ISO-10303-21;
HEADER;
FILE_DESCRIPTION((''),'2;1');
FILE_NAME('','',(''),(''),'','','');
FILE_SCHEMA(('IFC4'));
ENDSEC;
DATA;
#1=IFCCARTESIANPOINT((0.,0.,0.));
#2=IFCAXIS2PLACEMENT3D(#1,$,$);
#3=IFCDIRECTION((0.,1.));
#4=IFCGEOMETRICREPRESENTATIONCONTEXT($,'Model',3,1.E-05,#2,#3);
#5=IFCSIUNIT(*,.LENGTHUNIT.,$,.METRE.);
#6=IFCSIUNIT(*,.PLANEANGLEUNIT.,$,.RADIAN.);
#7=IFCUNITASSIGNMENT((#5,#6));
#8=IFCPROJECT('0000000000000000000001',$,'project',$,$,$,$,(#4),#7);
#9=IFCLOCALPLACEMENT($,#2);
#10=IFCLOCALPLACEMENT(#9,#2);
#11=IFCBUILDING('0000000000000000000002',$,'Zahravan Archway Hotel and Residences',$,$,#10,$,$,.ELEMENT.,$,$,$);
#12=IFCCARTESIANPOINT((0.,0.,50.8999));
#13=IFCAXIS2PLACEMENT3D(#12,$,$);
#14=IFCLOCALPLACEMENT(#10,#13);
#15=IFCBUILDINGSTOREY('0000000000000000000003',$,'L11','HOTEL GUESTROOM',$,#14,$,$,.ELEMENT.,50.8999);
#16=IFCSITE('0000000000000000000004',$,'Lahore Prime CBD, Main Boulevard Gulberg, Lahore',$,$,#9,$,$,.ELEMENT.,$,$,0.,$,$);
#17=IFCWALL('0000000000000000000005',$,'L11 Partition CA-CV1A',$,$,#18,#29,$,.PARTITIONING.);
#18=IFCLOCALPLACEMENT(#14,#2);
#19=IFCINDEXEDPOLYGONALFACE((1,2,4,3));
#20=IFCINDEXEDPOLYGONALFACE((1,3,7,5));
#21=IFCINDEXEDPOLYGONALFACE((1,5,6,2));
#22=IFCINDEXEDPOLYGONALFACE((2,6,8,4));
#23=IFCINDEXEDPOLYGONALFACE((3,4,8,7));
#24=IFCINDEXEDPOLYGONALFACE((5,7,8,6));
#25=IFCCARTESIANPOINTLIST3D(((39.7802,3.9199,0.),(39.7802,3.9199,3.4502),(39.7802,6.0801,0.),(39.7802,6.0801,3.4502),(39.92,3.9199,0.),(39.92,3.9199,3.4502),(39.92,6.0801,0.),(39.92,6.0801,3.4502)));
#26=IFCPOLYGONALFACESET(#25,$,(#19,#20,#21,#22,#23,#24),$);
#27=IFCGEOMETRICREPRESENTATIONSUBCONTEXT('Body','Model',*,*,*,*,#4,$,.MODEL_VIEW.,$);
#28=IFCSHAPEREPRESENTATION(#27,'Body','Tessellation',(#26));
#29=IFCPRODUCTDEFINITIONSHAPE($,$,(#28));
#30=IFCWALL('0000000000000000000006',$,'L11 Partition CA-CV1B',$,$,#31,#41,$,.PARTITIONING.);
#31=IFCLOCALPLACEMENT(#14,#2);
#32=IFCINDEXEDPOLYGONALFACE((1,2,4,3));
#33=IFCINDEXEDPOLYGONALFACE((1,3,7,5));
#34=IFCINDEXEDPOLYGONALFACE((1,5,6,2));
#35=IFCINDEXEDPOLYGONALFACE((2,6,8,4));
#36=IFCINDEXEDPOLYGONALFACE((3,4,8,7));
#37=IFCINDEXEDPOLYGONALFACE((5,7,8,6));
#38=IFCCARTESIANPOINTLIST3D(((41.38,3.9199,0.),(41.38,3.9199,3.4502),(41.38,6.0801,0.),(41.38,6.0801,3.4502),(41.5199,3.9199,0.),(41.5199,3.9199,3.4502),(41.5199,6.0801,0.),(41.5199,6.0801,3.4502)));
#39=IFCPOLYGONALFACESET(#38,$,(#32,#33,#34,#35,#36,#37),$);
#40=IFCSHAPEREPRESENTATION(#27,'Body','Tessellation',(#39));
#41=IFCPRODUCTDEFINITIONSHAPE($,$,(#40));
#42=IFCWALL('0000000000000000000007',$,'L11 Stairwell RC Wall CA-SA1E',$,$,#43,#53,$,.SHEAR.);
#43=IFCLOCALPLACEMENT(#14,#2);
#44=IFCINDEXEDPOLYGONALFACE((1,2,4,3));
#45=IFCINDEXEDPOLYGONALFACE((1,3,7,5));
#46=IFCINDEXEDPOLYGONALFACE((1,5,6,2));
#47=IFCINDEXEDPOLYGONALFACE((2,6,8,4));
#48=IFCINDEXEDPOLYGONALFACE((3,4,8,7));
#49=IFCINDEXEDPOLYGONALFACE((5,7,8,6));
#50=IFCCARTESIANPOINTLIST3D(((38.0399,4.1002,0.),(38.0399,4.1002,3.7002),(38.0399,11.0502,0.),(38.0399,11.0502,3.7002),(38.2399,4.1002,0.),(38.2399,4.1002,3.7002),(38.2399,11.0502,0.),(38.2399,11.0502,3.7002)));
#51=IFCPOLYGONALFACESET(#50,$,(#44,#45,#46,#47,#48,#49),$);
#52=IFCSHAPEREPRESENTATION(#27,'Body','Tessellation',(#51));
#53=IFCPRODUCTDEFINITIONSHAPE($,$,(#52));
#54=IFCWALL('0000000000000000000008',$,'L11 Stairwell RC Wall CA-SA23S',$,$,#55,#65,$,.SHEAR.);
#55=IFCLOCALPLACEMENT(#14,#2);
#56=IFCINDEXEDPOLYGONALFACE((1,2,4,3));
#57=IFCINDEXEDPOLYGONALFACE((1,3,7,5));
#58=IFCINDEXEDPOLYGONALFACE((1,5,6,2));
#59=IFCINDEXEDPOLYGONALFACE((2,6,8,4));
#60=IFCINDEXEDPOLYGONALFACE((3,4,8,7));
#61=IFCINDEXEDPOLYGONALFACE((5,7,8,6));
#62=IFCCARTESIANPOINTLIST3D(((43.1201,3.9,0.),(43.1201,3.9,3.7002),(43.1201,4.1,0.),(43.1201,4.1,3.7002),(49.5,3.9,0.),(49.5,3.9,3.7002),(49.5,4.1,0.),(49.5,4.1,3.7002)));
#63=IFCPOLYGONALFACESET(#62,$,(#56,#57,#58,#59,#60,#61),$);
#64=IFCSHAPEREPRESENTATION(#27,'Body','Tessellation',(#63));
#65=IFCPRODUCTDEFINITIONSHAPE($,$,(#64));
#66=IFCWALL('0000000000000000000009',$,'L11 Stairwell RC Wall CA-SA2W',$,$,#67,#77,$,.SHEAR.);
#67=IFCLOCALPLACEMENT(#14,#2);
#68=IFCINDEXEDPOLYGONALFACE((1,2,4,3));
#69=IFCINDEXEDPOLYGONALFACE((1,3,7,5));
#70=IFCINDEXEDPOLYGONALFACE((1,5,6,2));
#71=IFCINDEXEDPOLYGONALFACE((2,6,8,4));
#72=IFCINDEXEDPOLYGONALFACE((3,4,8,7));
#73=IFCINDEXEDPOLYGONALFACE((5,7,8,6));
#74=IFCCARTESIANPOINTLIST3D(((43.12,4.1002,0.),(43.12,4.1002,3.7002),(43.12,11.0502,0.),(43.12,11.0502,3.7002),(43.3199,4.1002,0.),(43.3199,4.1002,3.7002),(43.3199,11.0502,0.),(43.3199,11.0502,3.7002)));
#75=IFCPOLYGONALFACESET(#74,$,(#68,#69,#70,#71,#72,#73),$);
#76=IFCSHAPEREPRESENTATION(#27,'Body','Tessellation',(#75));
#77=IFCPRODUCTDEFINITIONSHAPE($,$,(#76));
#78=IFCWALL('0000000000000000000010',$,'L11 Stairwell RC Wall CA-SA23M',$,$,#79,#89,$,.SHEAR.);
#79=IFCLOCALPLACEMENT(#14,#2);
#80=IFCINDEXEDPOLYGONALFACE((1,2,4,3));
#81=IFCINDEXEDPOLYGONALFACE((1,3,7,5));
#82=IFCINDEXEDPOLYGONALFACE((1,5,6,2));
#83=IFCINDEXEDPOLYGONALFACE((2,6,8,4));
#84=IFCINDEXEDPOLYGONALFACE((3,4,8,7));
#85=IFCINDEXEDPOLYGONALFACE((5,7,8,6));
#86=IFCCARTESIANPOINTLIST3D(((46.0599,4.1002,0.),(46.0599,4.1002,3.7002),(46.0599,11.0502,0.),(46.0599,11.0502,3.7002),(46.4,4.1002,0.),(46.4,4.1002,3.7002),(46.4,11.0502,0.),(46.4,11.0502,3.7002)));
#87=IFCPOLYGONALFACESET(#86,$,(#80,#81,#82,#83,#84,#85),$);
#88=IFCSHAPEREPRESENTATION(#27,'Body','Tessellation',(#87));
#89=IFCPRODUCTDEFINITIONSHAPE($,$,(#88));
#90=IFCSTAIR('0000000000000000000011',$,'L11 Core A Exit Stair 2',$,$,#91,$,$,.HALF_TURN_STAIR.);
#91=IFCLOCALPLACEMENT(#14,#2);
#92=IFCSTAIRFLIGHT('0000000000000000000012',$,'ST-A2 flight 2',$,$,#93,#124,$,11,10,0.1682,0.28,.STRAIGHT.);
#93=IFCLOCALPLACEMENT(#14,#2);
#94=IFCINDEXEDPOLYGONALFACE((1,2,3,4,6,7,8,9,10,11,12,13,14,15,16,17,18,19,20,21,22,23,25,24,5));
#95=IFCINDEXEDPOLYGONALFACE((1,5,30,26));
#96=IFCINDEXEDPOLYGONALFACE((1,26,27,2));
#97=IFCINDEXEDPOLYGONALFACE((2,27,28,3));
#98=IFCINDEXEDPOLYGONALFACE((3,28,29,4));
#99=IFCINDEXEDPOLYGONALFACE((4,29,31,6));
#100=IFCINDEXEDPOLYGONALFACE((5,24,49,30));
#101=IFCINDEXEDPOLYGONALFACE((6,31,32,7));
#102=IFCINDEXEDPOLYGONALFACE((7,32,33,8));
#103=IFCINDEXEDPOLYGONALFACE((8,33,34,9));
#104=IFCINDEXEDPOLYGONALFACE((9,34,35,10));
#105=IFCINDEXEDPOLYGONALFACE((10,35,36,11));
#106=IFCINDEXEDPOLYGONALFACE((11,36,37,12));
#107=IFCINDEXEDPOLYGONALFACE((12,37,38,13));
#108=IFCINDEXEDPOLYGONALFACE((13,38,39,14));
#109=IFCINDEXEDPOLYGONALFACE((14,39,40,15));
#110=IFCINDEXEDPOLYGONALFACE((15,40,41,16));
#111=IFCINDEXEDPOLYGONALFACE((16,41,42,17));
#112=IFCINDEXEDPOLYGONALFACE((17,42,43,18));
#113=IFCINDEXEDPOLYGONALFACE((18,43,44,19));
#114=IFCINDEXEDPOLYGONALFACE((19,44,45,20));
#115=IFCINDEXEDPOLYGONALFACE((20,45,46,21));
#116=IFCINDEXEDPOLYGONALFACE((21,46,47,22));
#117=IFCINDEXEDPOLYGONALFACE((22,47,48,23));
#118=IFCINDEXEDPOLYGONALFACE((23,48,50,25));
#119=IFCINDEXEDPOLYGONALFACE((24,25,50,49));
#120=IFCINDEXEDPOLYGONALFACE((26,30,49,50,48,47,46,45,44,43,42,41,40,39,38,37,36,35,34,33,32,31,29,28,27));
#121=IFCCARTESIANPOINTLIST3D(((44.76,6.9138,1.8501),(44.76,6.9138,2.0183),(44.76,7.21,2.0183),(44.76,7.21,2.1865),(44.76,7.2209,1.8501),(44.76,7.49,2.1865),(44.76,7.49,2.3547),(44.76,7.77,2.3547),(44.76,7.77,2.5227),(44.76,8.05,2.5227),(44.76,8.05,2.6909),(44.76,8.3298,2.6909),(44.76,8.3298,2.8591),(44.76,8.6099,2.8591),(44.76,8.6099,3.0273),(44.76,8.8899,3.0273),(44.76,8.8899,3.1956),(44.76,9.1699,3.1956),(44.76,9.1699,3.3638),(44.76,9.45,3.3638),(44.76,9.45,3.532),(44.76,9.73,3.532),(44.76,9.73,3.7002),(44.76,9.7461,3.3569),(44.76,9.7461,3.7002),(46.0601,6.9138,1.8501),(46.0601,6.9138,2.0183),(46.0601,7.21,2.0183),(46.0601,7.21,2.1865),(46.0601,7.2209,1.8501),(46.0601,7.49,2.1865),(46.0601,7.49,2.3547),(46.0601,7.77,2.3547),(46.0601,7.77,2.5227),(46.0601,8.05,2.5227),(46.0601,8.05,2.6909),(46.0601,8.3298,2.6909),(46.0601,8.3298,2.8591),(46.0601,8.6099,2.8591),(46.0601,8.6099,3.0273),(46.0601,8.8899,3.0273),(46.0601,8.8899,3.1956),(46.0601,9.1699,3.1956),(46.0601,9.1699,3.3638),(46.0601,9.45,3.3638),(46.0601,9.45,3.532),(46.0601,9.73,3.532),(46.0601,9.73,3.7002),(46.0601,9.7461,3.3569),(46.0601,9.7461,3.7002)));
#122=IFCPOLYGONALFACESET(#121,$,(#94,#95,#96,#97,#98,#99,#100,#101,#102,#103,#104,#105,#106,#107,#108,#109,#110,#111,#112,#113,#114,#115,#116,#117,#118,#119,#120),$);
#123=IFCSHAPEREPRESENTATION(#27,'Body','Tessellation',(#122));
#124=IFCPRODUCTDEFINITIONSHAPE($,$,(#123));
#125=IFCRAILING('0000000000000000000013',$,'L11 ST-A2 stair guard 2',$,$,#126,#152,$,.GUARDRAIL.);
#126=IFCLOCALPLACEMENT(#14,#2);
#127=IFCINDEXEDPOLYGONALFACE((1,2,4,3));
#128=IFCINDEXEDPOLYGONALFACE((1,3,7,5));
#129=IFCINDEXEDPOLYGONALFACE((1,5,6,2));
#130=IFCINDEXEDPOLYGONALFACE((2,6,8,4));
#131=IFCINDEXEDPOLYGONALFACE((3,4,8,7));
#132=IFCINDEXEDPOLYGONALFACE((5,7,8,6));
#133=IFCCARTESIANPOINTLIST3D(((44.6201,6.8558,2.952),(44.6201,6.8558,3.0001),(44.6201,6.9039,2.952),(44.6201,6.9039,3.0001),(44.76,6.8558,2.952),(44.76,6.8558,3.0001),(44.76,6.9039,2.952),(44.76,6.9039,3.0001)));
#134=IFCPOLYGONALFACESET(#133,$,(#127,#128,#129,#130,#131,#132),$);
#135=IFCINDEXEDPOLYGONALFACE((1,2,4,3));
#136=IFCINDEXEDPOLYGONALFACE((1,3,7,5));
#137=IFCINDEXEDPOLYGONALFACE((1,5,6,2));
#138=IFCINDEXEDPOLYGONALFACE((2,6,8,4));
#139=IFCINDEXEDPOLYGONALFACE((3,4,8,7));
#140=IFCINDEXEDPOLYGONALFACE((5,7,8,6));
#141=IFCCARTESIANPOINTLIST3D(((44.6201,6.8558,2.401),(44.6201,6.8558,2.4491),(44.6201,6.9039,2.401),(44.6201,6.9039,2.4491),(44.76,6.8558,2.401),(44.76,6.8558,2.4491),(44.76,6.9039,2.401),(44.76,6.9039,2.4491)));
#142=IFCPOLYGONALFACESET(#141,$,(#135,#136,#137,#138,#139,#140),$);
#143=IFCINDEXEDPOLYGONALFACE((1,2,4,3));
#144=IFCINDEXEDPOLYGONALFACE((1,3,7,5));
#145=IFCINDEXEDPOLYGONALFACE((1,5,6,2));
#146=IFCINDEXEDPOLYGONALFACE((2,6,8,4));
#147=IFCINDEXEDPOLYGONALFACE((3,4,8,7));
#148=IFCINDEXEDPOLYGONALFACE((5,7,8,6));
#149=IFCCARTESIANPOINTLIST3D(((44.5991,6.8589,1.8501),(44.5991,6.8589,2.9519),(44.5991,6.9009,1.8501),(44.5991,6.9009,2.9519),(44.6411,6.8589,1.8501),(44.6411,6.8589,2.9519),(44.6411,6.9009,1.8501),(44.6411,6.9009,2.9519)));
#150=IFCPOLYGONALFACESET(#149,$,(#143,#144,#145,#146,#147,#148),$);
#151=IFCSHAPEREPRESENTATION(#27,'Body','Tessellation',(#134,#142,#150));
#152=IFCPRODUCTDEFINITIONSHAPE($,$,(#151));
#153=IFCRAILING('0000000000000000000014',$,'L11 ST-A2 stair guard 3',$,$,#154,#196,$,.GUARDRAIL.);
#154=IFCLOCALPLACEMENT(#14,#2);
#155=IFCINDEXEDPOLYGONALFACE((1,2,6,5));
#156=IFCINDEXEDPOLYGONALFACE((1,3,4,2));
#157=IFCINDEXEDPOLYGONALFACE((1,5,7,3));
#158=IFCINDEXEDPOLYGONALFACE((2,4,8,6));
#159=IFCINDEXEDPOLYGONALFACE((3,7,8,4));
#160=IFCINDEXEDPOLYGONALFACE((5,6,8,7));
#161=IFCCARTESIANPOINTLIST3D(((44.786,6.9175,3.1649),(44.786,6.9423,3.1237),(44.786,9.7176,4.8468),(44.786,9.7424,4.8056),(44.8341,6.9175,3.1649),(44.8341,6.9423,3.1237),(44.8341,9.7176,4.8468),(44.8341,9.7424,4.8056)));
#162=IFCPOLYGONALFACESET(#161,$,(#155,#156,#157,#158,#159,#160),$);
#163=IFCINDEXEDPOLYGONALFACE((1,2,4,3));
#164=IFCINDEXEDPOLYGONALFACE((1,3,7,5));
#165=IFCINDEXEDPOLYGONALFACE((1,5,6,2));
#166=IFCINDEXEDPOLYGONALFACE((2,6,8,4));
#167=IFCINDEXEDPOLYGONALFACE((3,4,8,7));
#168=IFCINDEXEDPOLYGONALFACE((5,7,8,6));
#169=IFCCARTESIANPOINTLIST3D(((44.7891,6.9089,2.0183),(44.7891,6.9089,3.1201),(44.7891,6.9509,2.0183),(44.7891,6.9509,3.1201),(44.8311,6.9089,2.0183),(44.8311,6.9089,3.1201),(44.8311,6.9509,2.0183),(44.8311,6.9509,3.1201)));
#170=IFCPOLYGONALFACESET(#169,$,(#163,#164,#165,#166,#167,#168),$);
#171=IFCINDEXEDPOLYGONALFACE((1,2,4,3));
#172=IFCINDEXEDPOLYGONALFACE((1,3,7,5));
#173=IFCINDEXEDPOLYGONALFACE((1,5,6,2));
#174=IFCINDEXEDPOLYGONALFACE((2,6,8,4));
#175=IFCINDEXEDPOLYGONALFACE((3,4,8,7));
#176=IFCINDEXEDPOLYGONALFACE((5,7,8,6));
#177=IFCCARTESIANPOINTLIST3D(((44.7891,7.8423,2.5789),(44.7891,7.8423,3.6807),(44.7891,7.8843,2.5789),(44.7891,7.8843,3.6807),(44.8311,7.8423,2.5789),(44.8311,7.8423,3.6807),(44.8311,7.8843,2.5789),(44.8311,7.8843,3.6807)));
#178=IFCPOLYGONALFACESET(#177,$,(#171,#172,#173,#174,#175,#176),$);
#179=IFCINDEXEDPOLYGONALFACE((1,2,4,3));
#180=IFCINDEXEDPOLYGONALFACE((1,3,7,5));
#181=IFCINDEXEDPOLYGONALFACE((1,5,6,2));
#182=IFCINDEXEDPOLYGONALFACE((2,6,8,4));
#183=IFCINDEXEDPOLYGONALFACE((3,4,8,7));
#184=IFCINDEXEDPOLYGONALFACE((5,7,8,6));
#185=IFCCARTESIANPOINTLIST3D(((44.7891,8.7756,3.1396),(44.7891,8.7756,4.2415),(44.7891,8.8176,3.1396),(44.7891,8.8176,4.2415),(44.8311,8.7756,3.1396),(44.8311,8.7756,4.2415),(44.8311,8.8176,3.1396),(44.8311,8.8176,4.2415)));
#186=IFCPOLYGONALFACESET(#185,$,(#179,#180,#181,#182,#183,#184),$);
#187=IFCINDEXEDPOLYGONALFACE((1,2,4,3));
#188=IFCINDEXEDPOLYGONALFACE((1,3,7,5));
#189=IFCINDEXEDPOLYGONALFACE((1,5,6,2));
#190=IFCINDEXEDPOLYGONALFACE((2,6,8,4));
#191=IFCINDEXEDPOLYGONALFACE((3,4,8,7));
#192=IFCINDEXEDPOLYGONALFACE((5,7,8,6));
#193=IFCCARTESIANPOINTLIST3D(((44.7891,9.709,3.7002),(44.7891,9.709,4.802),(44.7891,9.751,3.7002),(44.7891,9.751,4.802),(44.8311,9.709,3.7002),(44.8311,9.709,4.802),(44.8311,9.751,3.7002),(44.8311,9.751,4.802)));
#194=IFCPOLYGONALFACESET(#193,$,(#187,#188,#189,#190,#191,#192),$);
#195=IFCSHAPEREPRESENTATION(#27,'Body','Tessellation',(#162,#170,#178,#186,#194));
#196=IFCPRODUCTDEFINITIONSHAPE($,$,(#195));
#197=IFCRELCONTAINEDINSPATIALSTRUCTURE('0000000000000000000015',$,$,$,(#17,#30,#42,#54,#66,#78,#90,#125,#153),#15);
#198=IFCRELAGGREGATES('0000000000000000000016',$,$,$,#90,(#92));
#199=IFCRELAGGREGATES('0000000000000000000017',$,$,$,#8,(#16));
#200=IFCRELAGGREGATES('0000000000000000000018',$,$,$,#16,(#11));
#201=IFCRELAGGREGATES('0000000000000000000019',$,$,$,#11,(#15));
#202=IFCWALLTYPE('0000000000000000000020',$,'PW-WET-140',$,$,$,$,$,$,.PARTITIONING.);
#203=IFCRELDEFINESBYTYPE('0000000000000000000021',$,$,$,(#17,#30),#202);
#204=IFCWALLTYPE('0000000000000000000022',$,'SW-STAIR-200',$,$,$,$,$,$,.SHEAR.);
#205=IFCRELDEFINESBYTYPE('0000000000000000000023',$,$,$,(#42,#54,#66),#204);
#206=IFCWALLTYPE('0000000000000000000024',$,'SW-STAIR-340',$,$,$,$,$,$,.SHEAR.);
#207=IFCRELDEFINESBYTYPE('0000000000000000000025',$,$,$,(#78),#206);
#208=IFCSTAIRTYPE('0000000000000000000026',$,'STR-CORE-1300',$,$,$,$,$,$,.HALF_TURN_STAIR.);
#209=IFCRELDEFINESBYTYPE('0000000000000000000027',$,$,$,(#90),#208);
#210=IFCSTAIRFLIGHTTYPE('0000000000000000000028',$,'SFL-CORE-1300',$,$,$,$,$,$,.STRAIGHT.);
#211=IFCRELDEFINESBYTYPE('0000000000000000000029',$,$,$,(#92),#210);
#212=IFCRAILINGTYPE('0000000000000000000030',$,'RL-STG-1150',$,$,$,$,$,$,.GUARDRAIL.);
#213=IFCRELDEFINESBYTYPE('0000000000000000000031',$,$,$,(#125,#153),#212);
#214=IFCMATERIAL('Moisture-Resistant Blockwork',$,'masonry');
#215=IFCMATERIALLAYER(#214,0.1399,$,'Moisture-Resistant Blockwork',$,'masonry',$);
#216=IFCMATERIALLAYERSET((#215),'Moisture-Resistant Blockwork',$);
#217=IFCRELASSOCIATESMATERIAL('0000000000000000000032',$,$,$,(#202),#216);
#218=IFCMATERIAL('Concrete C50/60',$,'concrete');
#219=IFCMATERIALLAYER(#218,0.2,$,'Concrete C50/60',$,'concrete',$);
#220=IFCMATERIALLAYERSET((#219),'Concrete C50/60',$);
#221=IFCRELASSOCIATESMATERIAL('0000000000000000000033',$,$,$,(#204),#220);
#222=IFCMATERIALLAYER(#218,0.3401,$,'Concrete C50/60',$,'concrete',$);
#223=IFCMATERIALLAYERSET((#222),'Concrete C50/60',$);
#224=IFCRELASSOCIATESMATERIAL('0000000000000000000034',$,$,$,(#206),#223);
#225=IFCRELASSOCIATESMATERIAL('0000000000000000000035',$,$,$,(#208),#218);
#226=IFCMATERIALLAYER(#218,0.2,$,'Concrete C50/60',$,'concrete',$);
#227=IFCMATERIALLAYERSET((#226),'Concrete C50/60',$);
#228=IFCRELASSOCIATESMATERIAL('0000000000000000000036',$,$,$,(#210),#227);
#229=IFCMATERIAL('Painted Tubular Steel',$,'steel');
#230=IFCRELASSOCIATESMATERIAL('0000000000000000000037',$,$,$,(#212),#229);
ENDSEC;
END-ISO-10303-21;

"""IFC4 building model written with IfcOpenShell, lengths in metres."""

from ifc_helpers import new_model, si_unit, direction, frame, frame_2d, origin, origin_2d, place, context, subcontext, project, spatial, polyline, rectangle, outline, extrude, source, transform, mapped, material, layer, layer_set, type_object, element, aggregate, save


model = new_model("IFC4")

# Units and contexts
model_context = context("Model", 3, precision=1e-05, world=origin(), true_north=direction((0.0, 1.0)))
body_context = subcontext(model_context, "Body", "Model", "MODEL_VIEW")
ifc_project = project(units=[si_unit("LENGTHUNIT", "METRE"), si_unit("PLANEANGLEUNIT", "RADIAN")], contexts=[model_context])

# Site, building, storey
site_placement = place(None, origin())
site = spatial("IfcSite", under=ifc_project, at=site_placement, Name="Lahore Prime CBD, Main Boulevard Gulberg, Lahore", CompositionType="ELEMENT", RefElevation=0.0)
building_placement = place(site_placement, origin())
building = spatial("IfcBuilding", under=site, at=building_placement, Name="Zahravan Archway Hotel and Residences", CompositionType="ELEMENT")
storey_placement = place(building_placement, frame((0.0, 0.0, 50.8999)))
storey = spatial("IfcBuildingStorey", under=building, at=storey_placement, Name="L11", Description="HOTEL GUESTROOM", CompositionType="ELEMENT", Elevation=50.8999)

# Walls
ifc_material_1 = material(Name="Moisture-Resistant Blockwork", Category="masonry")
ifc_layer_1 = layer(ifc_material_1, 0.1399, Name="Moisture-Resistant Blockwork", Category="masonry")
ifc_layer_set_1 = layer_set([ifc_layer_1], Name="Moisture-Resistant Blockwork")
wall_type_1 = type_object("IfcWallType", Name="PW-WET-140", PredefinedType="PARTITIONING", material=ifc_layer_set_1)
for number, where, z_axis, x_axis, name in (
    (1, (39.8501, 3.9199, 0.0), (0.0, 0.0, 1.0), (0.0, 1.0, 0.0), "L11 Partition CA-CV1A"),
    (2, (41.45, 3.9199, 0.0), (0.0, 0.0, 1.0), (0.0, 1.0, 0.0), "L11 Partition CA-CV1B"),
):
    element("IfcWall", number, at=place(storey_placement, frame(where, z_axis=z_axis, x_axis=x_axis)), inside=storey, type_object=wall_type_1, Name=name, PredefinedType="PARTITIONING", context=body_context, shape_type="SweptSolid", body=[
        extrude(rectangle(XDim=2.1602, YDim=0.1399, at=frame_2d((1.0801, 0.0))), origin(), (0.0, 0.0, 1.0), 3.4502),
    ])
ifc_material_2 = material(Name="Concrete C50/60", Category="concrete")
ifc_layer_2 = layer(ifc_material_2, 0.2, Name="Concrete C50/60", Category="concrete")
ifc_layer_set_2 = layer_set([ifc_layer_2], Name="Concrete C50/60")
wall_type_2 = type_object("IfcWallType", Name="SW-STAIR-200", PredefinedType="SHEAR", material=ifc_layer_set_2)
wall_1_placement = place(storey_placement, frame((38.1399, 4.1001, 0.0), z_axis=(0.0, 0.0, 1.0), x_axis=(0.0, 1.0, 0.0)))
element("IfcWall", 3, at=wall_1_placement, inside=storey, type_object=wall_type_2, Name="L11 Stairwell RC Wall CA-SA1E", PredefinedType="SHEAR", context=body_context, shape_type="SweptSolid", body=[
    extrude(rectangle(XDim=6.95, YDim=0.2, at=frame_2d((3.4751, 0.0))), origin(), (0.0, 0.0, 1.0), 3.7002),
])
wall_2_placement = place(storey_placement, frame((43.1201, 4.0, 0.0), z_axis=(0.0, 0.0, 1.0), x_axis=(1.0, 0.0, 0.0)))
element("IfcWall", 4, at=wall_2_placement, inside=storey, type_object=wall_type_2, Name="L11 Stairwell RC Wall CA-SA23S", PredefinedType="SHEAR", context=body_context, shape_type="SweptSolid", body=[
    extrude(rectangle(XDim=6.3799, YDim=0.2, at=frame_2d((3.1899, 0.0))), origin(), (0.0, 0.0, 1.0), 3.7002),
])
wall_3_placement = place(storey_placement, frame((43.22, 4.1001, 0.0), z_axis=(0.0, 0.0, 1.0), x_axis=(0.0, 1.0, 0.0)))
element("IfcWall", 5, at=wall_3_placement, inside=storey, type_object=wall_type_2, Name="L11 Stairwell RC Wall CA-SA2W", PredefinedType="SHEAR", context=body_context, shape_type="SweptSolid", body=[
    extrude(rectangle(XDim=6.95, YDim=0.2, at=frame_2d((3.4751, 0.0))), origin(), (0.0, 0.0, 1.0), 3.7002),
])
ifc_layer_3 = layer(ifc_material_2, 0.3401, Name="Concrete C50/60", Category="concrete")
ifc_layer_set_3 = layer_set([ifc_layer_3], Name="Concrete C50/60")
wall_type_3 = type_object("IfcWallType", Name="SW-STAIR-340", PredefinedType="SHEAR", material=ifc_layer_set_3)
wall_4_placement = place(storey_placement, frame((46.23, 4.1001, 0.0), z_axis=(0.0, 0.0, 1.0), x_axis=(0.0, 1.0, 0.0)))
element("IfcWall", 6, at=wall_4_placement, inside=storey, type_object=wall_type_3, Name="L11 Stairwell RC Wall CA-SA23M", PredefinedType="SHEAR", context=body_context, shape_type="SweptSolid", body=[
    extrude(rectangle(XDim=6.95, YDim=0.3401, at=frame_2d((3.4751, 0.0))), origin(), (0.0, 0.0, 1.0), 3.7002),
])

# Stair, stair flight
stair_type = type_object("IfcStairType", Name="STR-CORE-1300", PredefinedType="HALF_TURN_STAIR", material=ifc_material_2)
stair_placement = place(storey_placement, origin())
stair = element("IfcStair", 7, at=stair_placement, inside=storey, type_object=stair_type, Name="L11 Core A Exit Stair 2", PredefinedType="HALF_TURN_STAIR")
ifc_layer_4 = layer(ifc_material_2, 0.2, Name="Concrete C50/60", Category="concrete")
ifc_layer_set_4 = layer_set([ifc_layer_4], Name="Concrete C50/60")
stair_flight_type = type_object("IfcStairFlightType", Name="SFL-CORE-1300", PredefinedType="STRAIGHT", material=ifc_layer_set_4)
shared_shape_1 = source(origin(), body_context, "Body", "SweptSolid", [
    extrude(outline(polyline([(-0.0161, 0.0), (-0.0161, 0.1682), (0.28, 0.1682), (0.28, 0.3364), (0.5601, 0.3364), (0.5601, 0.5046), (0.8401, 0.5046), (0.8401, 0.6726), (1.1201, 0.6726), (1.1201, 0.8408), (1.3999, 0.8408), (1.3999, 1.009), (1.6799, 1.009), (1.6799, 1.1772), (1.96, 1.1772), (1.96, 1.3455), (2.24, 1.3455), (2.24, 1.5137), (2.52, 1.5137), (2.52, 1.6819), (2.8, 1.6819), (2.8, 1.8501), (2.8162, 1.8501), (2.8162, 1.5068), (0.291, 0.0), (-0.0161, 0.0)])), frame((0.0, 0.6499, 0.0), z_axis=(0.0, -1.0, 0.0), x_axis=(1.0, 0.0, 0.0)), (0.0, 0.0, 1.0), 1.3),
])
stair_flight_placement = place(storey_placement, frame((45.4099, 6.9299, 1.8501), z_axis=(0.0, 0.0, 1.0), x_axis=(0.0, 1.0, 0.0)))
stair_flight = element("IfcStairFlight", 8, at=stair_flight_placement, type_object=stair_flight_type, Name="ST-A2 flight 2", NumberOfRisers=11, NumberOfTreads=10, PredefinedType="STRAIGHT", RiserHeight=0.1682, TreadLength=0.28, context=body_context, shape_type="MappedRepresentation", body=[
    mapped(shared_shape_1, transform((0.0, 0.0, 0.0), scale=1.0)),
])
aggregate(stair, [stair_flight])

# Railings
ifc_material_3 = material(Name="Painted Tubular Steel", Category="steel")
railing_type_1 = type_object("IfcRailingType", Name="RL-STG-1150", PredefinedType="GUARDRAIL", material=ifc_material_3)
railing_1_placement = place(storey_placement, frame((44.6201, 6.8799, 1.8501)))
element("IfcRailing", 9, at=railing_1_placement, inside=storey, type_object=railing_type_1, Name="L11 ST-A2 stair guard 2", PredefinedType="GUARDRAIL", context=body_context, shape_type="SweptSolid", body=[
    extrude(rectangle(XDim=0.0481, YDim=0.0481, at=origin_2d()), frame((0.0, 0.0, 1.126), z_axis=(1.0, 0.0, 0.0), x_axis=(0.0, 1.0, 0.0)), (0.0, 0.0, 1.0), 0.1399),
    extrude(rectangle(XDim=0.0481, YDim=0.0481, at=origin_2d()), frame((0.0, 0.0, 0.575), z_axis=(1.0, 0.0, 0.0), x_axis=(0.0, 1.0, 0.0)), (0.0, 0.0, 1.0), 0.1399),
    extrude(rectangle(XDim=0.042, YDim=0.042, at=origin_2d()), origin(), (0.0, 0.0, 1.0), 1.1018),
])
railing_2_placement = place(storey_placement, frame((44.8101, 6.9299, 2.0183)))
element("IfcRailing", 10, at=railing_2_placement, inside=storey, type_object=railing_type_1, Name="L11 ST-A2 stair guard 3", PredefinedType="GUARDRAIL", context=body_context, shape_type="SweptSolid", body=[
    extrude(rectangle(XDim=0.0481, YDim=0.0481, at=origin_2d()), frame((0.0, 0.0, 1.126), z_axis=(0.0, 0.857242, 0.514913), x_axis=(-1.0, 0.0, 0.0)), (0.0, 0.0, 1.0), 3.2664),
    extrude(rectangle(XDim=0.042, YDim=0.042, at=origin_2d()), origin(), (0.0, 0.0, 1.0), 1.1018),
    extrude(rectangle(XDim=0.042, YDim=0.042, at=origin_2d()), frame((0.0, 0.9333, 0.5605)), (0.0, 0.0, 1.0), 1.1018),
    extrude(rectangle(XDim=0.042, YDim=0.042, at=origin_2d()), frame((0.0, 1.8667, 1.1213)), (0.0, 0.0, 1.0), 1.1018),
    extrude(rectangle(XDim=0.042, YDim=0.042, at=origin_2d()), frame((0.0, 2.8, 1.6819)), (0.0, 0.0, 1.0), 1.1018),
])

save(model, "model.ifc")
